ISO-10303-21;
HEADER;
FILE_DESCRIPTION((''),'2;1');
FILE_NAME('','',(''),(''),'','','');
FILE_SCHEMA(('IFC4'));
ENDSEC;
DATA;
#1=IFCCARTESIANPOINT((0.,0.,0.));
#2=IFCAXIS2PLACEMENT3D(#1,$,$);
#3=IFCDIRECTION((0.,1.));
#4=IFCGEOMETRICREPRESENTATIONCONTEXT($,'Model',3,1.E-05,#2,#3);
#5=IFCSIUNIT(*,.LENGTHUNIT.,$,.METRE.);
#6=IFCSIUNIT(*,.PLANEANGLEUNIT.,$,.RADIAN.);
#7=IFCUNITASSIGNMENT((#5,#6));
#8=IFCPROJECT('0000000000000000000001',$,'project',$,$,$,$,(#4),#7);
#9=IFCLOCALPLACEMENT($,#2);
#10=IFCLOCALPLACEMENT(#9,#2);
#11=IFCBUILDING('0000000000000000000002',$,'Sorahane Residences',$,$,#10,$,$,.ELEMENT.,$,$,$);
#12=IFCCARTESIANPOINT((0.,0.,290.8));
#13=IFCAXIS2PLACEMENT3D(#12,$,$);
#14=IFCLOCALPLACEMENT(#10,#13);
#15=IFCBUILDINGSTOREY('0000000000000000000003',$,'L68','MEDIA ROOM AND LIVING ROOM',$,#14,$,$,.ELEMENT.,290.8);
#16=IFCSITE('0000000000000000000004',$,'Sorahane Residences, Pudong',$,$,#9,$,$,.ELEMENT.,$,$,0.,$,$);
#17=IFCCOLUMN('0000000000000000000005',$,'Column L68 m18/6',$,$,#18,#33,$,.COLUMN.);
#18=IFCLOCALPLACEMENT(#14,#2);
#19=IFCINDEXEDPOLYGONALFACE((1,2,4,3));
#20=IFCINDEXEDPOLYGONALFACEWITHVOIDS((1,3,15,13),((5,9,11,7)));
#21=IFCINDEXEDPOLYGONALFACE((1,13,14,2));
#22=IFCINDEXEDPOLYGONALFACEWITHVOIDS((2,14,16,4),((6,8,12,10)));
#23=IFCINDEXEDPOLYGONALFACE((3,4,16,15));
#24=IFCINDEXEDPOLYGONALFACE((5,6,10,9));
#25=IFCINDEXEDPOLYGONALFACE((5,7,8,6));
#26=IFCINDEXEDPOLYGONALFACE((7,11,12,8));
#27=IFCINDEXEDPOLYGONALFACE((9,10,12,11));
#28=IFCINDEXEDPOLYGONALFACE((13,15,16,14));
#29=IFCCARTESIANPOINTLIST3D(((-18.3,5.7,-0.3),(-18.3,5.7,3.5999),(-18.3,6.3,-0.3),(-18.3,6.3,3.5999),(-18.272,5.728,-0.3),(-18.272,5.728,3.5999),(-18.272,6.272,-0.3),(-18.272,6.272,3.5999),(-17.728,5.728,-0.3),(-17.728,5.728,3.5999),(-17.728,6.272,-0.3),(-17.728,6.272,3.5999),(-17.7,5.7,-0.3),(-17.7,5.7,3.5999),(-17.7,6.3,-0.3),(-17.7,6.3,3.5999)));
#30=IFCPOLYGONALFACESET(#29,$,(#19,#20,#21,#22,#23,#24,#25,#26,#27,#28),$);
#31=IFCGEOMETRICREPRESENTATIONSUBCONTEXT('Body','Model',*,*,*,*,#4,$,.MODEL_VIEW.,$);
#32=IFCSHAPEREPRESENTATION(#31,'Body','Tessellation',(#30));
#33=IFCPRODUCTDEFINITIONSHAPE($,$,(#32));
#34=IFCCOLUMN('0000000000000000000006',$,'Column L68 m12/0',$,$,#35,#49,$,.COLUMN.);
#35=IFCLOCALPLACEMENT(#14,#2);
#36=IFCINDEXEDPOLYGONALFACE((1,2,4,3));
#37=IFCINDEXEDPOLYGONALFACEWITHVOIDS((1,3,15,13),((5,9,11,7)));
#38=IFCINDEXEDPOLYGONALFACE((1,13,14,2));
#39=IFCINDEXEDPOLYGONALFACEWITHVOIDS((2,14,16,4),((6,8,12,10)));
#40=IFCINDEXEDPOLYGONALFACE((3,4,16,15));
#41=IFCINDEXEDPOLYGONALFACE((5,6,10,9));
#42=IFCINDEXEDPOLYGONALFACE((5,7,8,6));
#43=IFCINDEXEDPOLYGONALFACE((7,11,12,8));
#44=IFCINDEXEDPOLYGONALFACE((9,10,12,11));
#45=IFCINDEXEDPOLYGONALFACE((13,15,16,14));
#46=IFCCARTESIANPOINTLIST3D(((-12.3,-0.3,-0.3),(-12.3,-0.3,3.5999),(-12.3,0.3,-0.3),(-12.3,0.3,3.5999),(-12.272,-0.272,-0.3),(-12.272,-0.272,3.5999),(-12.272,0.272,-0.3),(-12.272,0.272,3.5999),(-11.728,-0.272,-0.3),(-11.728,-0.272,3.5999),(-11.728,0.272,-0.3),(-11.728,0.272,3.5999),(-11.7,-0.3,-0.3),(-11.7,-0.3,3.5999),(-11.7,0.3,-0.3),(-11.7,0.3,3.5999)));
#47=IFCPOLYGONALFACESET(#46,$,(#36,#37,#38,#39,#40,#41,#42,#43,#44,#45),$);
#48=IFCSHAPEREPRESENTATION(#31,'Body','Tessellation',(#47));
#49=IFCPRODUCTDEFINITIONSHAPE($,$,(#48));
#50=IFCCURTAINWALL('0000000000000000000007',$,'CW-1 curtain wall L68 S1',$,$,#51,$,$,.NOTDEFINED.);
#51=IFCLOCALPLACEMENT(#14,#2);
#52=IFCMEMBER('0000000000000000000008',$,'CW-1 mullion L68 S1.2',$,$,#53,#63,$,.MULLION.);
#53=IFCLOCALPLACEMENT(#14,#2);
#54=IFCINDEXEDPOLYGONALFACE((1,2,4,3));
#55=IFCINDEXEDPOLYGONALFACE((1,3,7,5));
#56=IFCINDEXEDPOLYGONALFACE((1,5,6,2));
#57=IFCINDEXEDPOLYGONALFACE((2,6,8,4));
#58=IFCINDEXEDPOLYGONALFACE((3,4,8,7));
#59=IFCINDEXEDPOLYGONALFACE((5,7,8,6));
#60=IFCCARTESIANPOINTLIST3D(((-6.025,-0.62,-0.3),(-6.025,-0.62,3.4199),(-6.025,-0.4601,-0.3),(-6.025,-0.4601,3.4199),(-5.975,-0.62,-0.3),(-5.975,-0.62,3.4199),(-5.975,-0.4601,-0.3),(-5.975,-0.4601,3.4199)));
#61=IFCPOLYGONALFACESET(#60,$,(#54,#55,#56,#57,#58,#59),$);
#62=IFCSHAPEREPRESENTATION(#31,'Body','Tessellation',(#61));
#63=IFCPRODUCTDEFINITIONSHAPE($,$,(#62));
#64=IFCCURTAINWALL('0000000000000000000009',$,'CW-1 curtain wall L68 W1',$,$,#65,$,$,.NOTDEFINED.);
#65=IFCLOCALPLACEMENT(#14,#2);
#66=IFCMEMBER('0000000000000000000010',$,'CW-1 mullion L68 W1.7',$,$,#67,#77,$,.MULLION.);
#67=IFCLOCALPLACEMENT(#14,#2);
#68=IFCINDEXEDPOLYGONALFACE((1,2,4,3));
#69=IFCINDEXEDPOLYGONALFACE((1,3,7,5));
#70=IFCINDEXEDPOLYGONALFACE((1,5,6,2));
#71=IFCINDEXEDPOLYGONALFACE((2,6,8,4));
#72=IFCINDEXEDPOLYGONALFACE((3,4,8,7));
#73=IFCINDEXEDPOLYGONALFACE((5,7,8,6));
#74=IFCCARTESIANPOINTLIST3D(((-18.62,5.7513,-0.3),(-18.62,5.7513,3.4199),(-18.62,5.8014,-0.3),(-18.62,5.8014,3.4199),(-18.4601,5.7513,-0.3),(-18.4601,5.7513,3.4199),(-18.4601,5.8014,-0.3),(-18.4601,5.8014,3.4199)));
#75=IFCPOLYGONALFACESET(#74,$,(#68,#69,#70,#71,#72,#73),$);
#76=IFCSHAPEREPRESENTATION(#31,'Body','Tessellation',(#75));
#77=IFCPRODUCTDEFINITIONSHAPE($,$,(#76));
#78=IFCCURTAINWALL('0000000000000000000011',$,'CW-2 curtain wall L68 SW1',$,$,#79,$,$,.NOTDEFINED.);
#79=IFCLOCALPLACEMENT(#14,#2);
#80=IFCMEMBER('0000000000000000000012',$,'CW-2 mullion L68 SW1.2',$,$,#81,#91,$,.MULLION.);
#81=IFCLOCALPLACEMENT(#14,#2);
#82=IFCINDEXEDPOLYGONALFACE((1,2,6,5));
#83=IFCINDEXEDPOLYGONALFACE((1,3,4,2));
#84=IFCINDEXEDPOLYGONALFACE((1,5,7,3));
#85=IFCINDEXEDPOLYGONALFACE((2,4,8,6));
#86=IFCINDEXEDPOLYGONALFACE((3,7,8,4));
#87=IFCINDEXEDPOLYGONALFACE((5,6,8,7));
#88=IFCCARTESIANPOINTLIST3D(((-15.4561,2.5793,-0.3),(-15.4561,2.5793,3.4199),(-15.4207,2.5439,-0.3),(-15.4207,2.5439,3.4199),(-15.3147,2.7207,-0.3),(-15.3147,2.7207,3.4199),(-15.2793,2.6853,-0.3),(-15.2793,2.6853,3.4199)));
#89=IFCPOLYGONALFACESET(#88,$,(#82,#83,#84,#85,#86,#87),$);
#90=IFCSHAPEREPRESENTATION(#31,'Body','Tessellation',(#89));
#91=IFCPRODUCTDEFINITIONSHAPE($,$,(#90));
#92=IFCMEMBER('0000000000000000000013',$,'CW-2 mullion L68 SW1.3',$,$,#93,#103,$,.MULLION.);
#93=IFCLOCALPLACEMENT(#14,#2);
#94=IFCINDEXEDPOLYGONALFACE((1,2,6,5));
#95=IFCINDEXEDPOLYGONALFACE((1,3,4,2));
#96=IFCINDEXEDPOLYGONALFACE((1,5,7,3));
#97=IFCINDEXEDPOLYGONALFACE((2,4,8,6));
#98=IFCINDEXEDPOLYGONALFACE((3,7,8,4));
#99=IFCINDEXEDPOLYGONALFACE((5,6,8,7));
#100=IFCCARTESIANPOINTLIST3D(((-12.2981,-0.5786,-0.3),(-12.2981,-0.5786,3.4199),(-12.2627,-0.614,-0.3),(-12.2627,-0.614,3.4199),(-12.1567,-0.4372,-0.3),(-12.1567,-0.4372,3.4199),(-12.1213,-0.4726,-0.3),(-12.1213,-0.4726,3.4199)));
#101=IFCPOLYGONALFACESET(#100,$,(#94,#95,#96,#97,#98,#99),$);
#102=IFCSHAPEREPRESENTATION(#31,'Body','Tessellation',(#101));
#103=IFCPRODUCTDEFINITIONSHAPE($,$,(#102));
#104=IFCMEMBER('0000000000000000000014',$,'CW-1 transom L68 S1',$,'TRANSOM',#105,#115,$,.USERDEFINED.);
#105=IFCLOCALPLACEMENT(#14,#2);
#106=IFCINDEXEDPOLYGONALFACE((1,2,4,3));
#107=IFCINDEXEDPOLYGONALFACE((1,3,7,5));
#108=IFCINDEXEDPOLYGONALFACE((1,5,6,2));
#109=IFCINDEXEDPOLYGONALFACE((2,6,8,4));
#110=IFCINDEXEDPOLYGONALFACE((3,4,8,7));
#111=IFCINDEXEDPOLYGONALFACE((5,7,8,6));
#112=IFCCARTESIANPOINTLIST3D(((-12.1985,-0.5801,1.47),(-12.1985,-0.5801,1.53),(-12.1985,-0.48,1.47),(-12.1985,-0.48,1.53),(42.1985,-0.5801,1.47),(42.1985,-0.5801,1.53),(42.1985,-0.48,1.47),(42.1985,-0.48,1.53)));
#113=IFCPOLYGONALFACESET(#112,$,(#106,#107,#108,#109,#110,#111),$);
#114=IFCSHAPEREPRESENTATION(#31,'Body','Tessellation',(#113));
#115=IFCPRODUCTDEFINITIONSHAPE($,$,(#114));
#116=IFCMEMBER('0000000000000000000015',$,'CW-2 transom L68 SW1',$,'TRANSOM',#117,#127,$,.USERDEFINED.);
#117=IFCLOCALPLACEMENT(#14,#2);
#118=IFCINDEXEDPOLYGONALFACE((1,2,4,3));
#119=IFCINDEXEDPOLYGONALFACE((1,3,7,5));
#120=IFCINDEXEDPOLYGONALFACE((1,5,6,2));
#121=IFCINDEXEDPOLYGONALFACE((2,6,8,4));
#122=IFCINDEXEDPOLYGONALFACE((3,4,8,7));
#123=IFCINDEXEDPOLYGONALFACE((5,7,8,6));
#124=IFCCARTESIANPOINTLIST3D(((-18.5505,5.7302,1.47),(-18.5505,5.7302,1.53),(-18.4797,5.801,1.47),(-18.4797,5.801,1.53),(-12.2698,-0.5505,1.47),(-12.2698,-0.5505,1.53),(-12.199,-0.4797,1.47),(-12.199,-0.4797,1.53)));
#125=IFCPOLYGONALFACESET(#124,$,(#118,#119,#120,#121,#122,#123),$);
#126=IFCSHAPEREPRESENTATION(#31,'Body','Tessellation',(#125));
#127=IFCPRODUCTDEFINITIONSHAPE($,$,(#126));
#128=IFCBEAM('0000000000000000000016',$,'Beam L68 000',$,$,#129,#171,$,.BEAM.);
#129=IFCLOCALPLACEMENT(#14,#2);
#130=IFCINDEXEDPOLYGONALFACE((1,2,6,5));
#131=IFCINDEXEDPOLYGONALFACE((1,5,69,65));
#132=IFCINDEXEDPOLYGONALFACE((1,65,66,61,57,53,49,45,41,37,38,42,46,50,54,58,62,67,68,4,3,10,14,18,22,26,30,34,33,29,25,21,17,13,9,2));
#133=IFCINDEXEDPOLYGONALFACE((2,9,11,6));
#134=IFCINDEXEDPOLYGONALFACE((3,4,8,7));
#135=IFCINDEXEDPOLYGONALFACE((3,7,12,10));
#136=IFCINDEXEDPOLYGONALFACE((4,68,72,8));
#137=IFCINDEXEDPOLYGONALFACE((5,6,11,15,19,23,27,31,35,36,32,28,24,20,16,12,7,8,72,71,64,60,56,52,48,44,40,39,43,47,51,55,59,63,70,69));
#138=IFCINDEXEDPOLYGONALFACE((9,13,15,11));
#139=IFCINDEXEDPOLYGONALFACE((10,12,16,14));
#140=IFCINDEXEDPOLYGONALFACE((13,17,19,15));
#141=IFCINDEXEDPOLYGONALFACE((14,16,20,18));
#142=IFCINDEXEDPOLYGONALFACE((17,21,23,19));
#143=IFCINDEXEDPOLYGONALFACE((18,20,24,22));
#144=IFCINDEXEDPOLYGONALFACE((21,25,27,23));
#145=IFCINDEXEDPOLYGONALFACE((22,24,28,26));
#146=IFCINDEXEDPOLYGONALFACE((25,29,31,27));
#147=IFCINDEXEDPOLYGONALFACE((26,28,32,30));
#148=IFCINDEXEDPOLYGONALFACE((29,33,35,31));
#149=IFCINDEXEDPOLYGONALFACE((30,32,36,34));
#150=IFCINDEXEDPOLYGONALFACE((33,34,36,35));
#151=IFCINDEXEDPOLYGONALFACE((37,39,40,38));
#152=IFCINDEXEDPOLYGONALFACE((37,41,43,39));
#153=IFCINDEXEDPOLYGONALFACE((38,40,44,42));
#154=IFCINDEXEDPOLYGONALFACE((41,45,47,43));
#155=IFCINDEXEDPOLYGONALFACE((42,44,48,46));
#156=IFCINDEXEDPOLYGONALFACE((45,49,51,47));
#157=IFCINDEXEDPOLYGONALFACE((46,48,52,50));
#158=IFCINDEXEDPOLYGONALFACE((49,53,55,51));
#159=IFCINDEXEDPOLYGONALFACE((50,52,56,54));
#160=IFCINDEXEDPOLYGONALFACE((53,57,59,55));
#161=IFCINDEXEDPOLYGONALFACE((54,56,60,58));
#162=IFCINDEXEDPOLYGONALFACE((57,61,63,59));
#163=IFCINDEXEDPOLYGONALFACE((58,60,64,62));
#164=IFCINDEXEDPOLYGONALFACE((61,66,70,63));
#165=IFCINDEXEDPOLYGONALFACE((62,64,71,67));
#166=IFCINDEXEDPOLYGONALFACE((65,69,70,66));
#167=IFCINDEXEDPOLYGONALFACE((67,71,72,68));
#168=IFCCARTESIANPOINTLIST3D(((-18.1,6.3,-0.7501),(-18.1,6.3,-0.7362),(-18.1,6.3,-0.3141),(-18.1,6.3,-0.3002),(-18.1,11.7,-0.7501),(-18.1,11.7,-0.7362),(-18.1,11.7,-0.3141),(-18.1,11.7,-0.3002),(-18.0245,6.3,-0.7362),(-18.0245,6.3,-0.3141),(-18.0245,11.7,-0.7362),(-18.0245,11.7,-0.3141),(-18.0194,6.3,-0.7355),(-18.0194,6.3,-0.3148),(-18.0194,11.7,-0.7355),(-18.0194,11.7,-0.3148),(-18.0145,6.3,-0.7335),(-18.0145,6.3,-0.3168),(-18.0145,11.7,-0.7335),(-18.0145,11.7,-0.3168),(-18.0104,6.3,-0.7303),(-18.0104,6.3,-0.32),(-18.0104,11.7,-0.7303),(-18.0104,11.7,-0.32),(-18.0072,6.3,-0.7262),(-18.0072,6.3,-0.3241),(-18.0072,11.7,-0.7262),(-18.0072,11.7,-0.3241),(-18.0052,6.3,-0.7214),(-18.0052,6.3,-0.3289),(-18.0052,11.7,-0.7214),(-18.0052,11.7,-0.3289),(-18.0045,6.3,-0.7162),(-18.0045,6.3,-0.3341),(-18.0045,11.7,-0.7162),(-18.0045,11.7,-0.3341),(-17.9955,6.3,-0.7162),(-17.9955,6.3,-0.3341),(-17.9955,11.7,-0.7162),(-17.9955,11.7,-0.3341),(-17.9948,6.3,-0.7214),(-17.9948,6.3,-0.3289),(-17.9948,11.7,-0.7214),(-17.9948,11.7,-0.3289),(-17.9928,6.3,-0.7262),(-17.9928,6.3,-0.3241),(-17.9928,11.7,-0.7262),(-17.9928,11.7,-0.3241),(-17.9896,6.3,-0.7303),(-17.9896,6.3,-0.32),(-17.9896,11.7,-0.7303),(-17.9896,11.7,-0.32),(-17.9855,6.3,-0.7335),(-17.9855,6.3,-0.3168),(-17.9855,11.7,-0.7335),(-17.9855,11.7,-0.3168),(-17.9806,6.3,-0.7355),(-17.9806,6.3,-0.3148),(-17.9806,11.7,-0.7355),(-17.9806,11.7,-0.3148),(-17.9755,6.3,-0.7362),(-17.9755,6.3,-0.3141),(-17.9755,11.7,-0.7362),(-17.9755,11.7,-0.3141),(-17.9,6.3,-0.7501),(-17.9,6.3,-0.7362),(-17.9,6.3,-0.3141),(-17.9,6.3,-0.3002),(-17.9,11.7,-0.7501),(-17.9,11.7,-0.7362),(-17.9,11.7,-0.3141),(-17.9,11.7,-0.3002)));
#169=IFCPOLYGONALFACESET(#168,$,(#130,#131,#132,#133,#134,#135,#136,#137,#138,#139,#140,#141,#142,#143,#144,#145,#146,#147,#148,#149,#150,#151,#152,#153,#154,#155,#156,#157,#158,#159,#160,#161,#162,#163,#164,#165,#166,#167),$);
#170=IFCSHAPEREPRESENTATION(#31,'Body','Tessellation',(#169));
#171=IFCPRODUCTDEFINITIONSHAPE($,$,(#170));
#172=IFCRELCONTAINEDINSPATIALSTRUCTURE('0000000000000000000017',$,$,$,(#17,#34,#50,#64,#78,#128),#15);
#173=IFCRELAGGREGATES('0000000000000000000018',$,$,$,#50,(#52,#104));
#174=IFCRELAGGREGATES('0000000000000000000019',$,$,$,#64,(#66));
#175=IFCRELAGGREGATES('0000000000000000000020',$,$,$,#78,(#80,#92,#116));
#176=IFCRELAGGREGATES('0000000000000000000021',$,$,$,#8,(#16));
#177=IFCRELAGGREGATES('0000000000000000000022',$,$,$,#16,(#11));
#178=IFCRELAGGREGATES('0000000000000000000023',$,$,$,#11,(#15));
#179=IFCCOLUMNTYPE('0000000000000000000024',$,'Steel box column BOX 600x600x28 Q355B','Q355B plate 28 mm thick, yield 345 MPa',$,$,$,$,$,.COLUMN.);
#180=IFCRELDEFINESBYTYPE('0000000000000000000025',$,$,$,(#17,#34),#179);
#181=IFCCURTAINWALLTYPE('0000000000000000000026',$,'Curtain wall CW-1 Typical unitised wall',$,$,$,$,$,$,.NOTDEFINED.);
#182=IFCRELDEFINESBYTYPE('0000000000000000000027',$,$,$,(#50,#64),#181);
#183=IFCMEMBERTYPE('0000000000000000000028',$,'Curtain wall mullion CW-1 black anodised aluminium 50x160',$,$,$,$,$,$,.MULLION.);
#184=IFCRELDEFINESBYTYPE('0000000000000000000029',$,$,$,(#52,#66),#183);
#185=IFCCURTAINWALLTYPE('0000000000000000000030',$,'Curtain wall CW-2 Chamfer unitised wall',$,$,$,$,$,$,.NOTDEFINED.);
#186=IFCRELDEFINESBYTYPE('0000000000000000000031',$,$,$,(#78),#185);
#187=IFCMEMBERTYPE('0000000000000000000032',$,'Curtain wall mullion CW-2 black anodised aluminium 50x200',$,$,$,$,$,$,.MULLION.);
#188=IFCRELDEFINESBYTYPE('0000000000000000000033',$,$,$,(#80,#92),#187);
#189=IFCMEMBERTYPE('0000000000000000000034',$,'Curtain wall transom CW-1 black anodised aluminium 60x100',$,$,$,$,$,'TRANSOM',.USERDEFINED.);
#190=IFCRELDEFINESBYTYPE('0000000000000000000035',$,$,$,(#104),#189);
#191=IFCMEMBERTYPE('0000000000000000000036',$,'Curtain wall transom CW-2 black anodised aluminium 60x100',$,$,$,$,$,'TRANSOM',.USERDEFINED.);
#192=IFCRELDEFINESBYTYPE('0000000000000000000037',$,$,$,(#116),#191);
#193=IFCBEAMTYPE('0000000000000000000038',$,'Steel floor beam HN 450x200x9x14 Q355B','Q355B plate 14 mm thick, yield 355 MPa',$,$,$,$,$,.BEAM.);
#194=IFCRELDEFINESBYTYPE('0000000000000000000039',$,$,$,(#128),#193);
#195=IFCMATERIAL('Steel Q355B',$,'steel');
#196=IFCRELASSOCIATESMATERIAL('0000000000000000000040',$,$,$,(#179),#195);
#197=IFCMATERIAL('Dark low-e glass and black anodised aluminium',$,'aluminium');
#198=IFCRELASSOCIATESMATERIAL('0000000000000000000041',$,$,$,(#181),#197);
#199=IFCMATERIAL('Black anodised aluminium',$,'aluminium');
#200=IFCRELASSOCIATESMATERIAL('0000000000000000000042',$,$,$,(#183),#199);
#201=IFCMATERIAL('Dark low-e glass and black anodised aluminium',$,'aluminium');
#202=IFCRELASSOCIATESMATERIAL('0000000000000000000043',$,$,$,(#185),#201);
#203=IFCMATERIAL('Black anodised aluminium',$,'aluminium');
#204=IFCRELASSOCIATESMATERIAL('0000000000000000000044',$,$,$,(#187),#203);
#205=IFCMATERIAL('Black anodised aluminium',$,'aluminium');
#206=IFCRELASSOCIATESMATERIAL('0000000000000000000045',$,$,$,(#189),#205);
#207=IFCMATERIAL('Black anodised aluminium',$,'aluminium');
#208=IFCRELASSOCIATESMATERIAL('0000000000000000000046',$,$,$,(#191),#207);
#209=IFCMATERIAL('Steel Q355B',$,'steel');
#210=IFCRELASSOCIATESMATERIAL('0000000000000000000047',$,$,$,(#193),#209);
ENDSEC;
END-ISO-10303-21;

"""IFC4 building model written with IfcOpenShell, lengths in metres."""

from ifc_helpers import new_model, si_unit, direction, frame, origin, origin_2d, place, context, subcontext, project, spatial, rectangle, hollow_rectangle, i_section, extrude, material, material_profile, profile_set, type_object, element, aggregate, save


model = new_model("IFC4")

# Units and contexts
model_context = context("Model", 3, precision=1e-05, world=origin(), true_north=direction((0.0, 1.0)))
body_context = subcontext(model_context, "Body", "Model", "MODEL_VIEW")
ifc_project = project(units=[si_unit("LENGTHUNIT", "METRE"), si_unit("PLANEANGLEUNIT", "RADIAN")], contexts=[model_context])

# Site, building, storey
site_placement = place(None, origin())
site = spatial("IfcSite", under=ifc_project, at=site_placement, Name="Sorahane Residences, Pudong", CompositionType="ELEMENT", RefElevation=0.0)
building_placement = place(site_placement, origin())
building = spatial("IfcBuilding", under=site, at=building_placement, Name="Sorahane Residences", CompositionType="ELEMENT")
storey_placement = place(building_placement, frame((0.0, 0.0, 290.8)))
storey = spatial("IfcBuildingStorey", under=building, at=storey_placement, Name="L68", Description="MEDIA ROOM AND LIVING ROOM", CompositionType="ELEMENT", Elevation=290.8)

# Columns
ifc_material_1 = material(Name="Steel Q355B", Category="steel")
ifc_material_profile_1 = material_profile(ifc_material_1, hollow_rectangle(XDim=0.6001, YDim=0.6001, WallThickness=0.0281, at=origin_2d()), Name="BOX 600x600x28")
ifc_profile_set_1 = profile_set([ifc_material_profile_1], Name="Steel Q355B")
column_type = type_object("IfcColumnType", Name="Steel box column BOX 600x600x28 Q355B", Description="Q355B plate 28 mm thick, yield 345 MPa", PredefinedType="COLUMN", material=ifc_profile_set_1)
for number, where, z_axis, x_axis, name in (
    (1, (-18.0, 6.0, -0.3), (0.0, 0.0, 1.0), (1.0, 0.0, 0.0), "Column L68 m18/6"),
    (2, (-12.0, 0.0, -0.3), (0.0, 0.0, 1.0), (1.0, 0.0, 0.0), "Column L68 m12/0"),
):
    element("IfcColumn", number, at=place(storey_placement, frame(where, z_axis=z_axis, x_axis=x_axis)), inside=storey, type_object=column_type, Name=name, PredefinedType="COLUMN", context=body_context, shape_type="SweptSolid", body=[
        extrude(hollow_rectangle(XDim=0.6001, YDim=0.6001, WallThickness=0.0281, at=origin_2d()), origin(), (0.0, 0.0, 1.0), 3.8999),
    ])

# Curtain walls, members
ifc_material_2 = material(Name="Dark low-e glass and black anodised aluminium", Category="aluminium")
curtain_wall_type_1 = type_object("IfcCurtainWallType", Name="Curtain wall CW-1 Typical unitised wall", PredefinedType="NOTDEFINED", material=ifc_material_2)
curtain_wall_1_placement = place(storey_placement, origin())
curtain_wall_1 = element("IfcCurtainWall", 3, at=curtain_wall_1_placement, inside=storey, type_object=curtain_wall_type_1, Name="CW-1 curtain wall L68 S1", PredefinedType="NOTDEFINED")
ifc_material_3 = material(Name="Black anodised aluminium", Category="aluminium")
ifc_material_profile_2 = material_profile(ifc_material_3, rectangle(XDim=0.1599, YDim=0.05, at=origin_2d()), Name="Curtain wall mullion CW-1 black anodised aluminium 50x160")
ifc_profile_set_2 = profile_set([ifc_material_profile_2], Name="Black anodised aluminium")
member_type_1 = type_object("IfcMemberType", Name="Curtain wall mullion CW-1 black anodised aluminium 50x160", PredefinedType="MULLION", material=ifc_profile_set_2)
member_1_placement = place(storey_placement, frame((-6.0, -0.54, -0.3), z_axis=(0.0, 0.0, 1.0), x_axis=(0.0, -1.0, 0.0)))
member_1 = element("IfcMember", 4, at=member_1_placement, type_object=member_type_1, Name="CW-1 mullion L68 S1.2", PredefinedType="MULLION", context=body_context, shape_type="SweptSolid", body=[
    extrude(rectangle(XDim=0.1599, YDim=0.05, at=origin_2d()), origin(), (0.0, 0.0, 1.0), 3.72),
])
curtain_wall_2_placement = place(storey_placement, origin())
curtain_wall_2 = element("IfcCurtainWall", 5, at=curtain_wall_2_placement, inside=storey, type_object=curtain_wall_type_1, Name="CW-1 curtain wall L68 W1", PredefinedType="NOTDEFINED")
member_2_placement = place(storey_placement, frame((-18.54, 5.7764, -0.3), z_axis=(0.0, 0.0, 1.0), x_axis=(-1.0, 0.0, 0.0)))
member_2 = element("IfcMember", 6, at=member_2_placement, type_object=member_type_1, Name="CW-1 mullion L68 W1.7", PredefinedType="MULLION", context=body_context, shape_type="SweptSolid", body=[
    extrude(rectangle(XDim=0.1599, YDim=0.05, at=origin_2d()), origin(), (0.0, 0.0, 1.0), 3.72),
])

# Curtain wall, members
ifc_material_4 = material(Name="Dark low-e glass and black anodised aluminium", Category="aluminium")
curtain_wall_type_2 = type_object("IfcCurtainWallType", Name="Curtain wall CW-2 Chamfer unitised wall", PredefinedType="NOTDEFINED", material=ifc_material_4)
curtain_wall_3_placement = place(storey_placement, origin())
curtain_wall_3 = element("IfcCurtainWall", 7, at=curtain_wall_3_placement, inside=storey, type_object=curtain_wall_type_2, Name="CW-2 curtain wall L68 SW1", PredefinedType="NOTDEFINED")
ifc_material_5 = material(Name="Black anodised aluminium", Category="aluminium")
ifc_material_profile_3 = material_profile(ifc_material_5, rectangle(XDim=0.2, YDim=0.05, at=origin_2d()), Name="Curtain wall mullion CW-2 black anodised aluminium 50x200")
ifc_profile_set_3 = profile_set([ifc_material_profile_3], Name="Black anodised aluminium")
member_type_2 = type_object("IfcMemberType", Name="Curtain wall mullion CW-2 black anodised aluminium 50x200", PredefinedType="MULLION", material=ifc_profile_set_3)
member_3_placement = place(storey_placement, frame((-15.3677, 2.6323, -0.3), z_axis=(0.0, 0.0, 1.0), x_axis=(-0.707107, -0.707107, 0.0)))
member_3 = element("IfcMember", 8, at=member_3_placement, type_object=member_type_2, Name="CW-2 mullion L68 SW1.2", PredefinedType="MULLION", context=body_context, shape_type="SweptSolid", body=[
    extrude(rectangle(XDim=0.2, YDim=0.05, at=origin_2d()), origin(), (0.0, 0.0, 1.0), 3.72),
])
member_4_placement = place(storey_placement, frame((-12.2097, -0.5256, -0.3), z_axis=(0.0, 0.0, 1.0), x_axis=(-0.707107, -0.707107, 0.0)))
member_4 = element("IfcMember", 9, at=member_4_placement, type_object=member_type_2, Name="CW-2 mullion L68 SW1.3", PredefinedType="MULLION", context=body_context, shape_type="SweptSolid", body=[
    extrude(rectangle(XDim=0.2, YDim=0.05, at=origin_2d()), origin(), (0.0, 0.0, 1.0), 3.72),
])

# Members
ifc_material_6 = material(Name="Black anodised aluminium", Category="aluminium")
ifc_material_profile_4 = material_profile(ifc_material_6, rectangle(XDim=0.1001, YDim=0.0601, at=origin_2d()), Name="Curtain wall transom CW-1 black anodised aluminium 60x100")
ifc_profile_set_4 = profile_set([ifc_material_profile_4], Name="Black anodised aluminium")
member_type_3 = type_object("IfcMemberType", Name="Curtain wall transom CW-1 black anodised aluminium 60x100", ElementType="TRANSOM", PredefinedType="USERDEFINED", material=ifc_profile_set_4)
member_5_placement = place(storey_placement, frame((-12.1985, -0.53, 1.5), z_axis=(1.0, 0.0, 0.0), x_axis=(0.0, 1.0, 0.0)))
member_5 = element("IfcMember", 10, at=member_5_placement, type_object=member_type_3, Name="CW-1 transom L68 S1", ObjectType="TRANSOM", PredefinedType="USERDEFINED", context=body_context, shape_type="SweptSolid", body=[
    extrude(rectangle(XDim=0.1001, YDim=0.0601, at=origin_2d()), origin(), (0.0, 0.0, 1.0), 54.397),
])
ifc_material_7 = material(Name="Black anodised aluminium", Category="aluminium")
ifc_material_profile_5 = material_profile(ifc_material_7, rectangle(XDim=0.1001, YDim=0.0601, at=origin_2d()), Name="Curtain wall transom CW-2 black anodised aluminium 60x100")
ifc_profile_set_5 = profile_set([ifc_material_profile_5], Name="Black anodised aluminium")
member_type_4 = type_object("IfcMemberType", Name="Curtain wall transom CW-2 black anodised aluminium 60x100", ElementType="TRANSOM", PredefinedType="USERDEFINED", material=ifc_profile_set_5)
member_6_placement = place(storey_placement, frame((-18.5151, 5.7656, 1.5), z_axis=(0.707107, -0.707107, 0.0), x_axis=(0.707107, 0.707107, 0.0)))
member_6 = element("IfcMember", 11, at=member_6_placement, type_object=member_type_4, Name="CW-2 transom L68 SW1", ObjectType="TRANSOM", PredefinedType="USERDEFINED", context=body_context, shape_type="SweptSolid", body=[
    extrude(rectangle(XDim=0.1001, YDim=0.0601, at=origin_2d()), origin(), (0.0, 0.0, 1.0), 8.8823),
])

# Beam
ifc_material_8 = material(Name="Steel Q355B", Category="steel")
ifc_material_profile_6 = material_profile(ifc_material_8, i_section(OverallWidth=0.2, OverallDepth=0.45, WebThickness=0.009, FlangeThickness=0.0139, FilletRadius=0.02, at=origin_2d()), Name="HN 450x200x9x14")
ifc_profile_set_6 = profile_set([ifc_material_profile_6], Name="Steel Q355B")
beam_type = type_object("IfcBeamType", Name="Steel floor beam HN 450x200x9x14 Q355B", Description="Q355B plate 14 mm thick, yield 355 MPa", PredefinedType="BEAM", material=ifc_profile_set_6)
for number, where, z_axis, x_axis, name in (
    (12, (-18.0, 6.3, -0.5251), (0.0, 1.0, 0.0), (-1.0, 0.0, 0.0), "Beam L68 000"),
):
    element("IfcBeam", number, at=place(storey_placement, frame(where, z_axis=z_axis, x_axis=x_axis)), inside=storey, type_object=beam_type, Name=name, PredefinedType="BEAM", context=body_context, shape_type="SweptSolid", body=[
        extrude(i_section(OverallWidth=0.2, OverallDepth=0.45, WebThickness=0.009, FlangeThickness=0.0139, FilletRadius=0.02, at=origin_2d()), origin(), (0.0, 0.0, 1.0), 5.3999),
    ])

aggregate(curtain_wall_1, [member_1, member_5])
aggregate(curtain_wall_2, [member_2])
aggregate(curtain_wall_3, [member_3, member_4, member_6])

save(model, "model.ifc")
